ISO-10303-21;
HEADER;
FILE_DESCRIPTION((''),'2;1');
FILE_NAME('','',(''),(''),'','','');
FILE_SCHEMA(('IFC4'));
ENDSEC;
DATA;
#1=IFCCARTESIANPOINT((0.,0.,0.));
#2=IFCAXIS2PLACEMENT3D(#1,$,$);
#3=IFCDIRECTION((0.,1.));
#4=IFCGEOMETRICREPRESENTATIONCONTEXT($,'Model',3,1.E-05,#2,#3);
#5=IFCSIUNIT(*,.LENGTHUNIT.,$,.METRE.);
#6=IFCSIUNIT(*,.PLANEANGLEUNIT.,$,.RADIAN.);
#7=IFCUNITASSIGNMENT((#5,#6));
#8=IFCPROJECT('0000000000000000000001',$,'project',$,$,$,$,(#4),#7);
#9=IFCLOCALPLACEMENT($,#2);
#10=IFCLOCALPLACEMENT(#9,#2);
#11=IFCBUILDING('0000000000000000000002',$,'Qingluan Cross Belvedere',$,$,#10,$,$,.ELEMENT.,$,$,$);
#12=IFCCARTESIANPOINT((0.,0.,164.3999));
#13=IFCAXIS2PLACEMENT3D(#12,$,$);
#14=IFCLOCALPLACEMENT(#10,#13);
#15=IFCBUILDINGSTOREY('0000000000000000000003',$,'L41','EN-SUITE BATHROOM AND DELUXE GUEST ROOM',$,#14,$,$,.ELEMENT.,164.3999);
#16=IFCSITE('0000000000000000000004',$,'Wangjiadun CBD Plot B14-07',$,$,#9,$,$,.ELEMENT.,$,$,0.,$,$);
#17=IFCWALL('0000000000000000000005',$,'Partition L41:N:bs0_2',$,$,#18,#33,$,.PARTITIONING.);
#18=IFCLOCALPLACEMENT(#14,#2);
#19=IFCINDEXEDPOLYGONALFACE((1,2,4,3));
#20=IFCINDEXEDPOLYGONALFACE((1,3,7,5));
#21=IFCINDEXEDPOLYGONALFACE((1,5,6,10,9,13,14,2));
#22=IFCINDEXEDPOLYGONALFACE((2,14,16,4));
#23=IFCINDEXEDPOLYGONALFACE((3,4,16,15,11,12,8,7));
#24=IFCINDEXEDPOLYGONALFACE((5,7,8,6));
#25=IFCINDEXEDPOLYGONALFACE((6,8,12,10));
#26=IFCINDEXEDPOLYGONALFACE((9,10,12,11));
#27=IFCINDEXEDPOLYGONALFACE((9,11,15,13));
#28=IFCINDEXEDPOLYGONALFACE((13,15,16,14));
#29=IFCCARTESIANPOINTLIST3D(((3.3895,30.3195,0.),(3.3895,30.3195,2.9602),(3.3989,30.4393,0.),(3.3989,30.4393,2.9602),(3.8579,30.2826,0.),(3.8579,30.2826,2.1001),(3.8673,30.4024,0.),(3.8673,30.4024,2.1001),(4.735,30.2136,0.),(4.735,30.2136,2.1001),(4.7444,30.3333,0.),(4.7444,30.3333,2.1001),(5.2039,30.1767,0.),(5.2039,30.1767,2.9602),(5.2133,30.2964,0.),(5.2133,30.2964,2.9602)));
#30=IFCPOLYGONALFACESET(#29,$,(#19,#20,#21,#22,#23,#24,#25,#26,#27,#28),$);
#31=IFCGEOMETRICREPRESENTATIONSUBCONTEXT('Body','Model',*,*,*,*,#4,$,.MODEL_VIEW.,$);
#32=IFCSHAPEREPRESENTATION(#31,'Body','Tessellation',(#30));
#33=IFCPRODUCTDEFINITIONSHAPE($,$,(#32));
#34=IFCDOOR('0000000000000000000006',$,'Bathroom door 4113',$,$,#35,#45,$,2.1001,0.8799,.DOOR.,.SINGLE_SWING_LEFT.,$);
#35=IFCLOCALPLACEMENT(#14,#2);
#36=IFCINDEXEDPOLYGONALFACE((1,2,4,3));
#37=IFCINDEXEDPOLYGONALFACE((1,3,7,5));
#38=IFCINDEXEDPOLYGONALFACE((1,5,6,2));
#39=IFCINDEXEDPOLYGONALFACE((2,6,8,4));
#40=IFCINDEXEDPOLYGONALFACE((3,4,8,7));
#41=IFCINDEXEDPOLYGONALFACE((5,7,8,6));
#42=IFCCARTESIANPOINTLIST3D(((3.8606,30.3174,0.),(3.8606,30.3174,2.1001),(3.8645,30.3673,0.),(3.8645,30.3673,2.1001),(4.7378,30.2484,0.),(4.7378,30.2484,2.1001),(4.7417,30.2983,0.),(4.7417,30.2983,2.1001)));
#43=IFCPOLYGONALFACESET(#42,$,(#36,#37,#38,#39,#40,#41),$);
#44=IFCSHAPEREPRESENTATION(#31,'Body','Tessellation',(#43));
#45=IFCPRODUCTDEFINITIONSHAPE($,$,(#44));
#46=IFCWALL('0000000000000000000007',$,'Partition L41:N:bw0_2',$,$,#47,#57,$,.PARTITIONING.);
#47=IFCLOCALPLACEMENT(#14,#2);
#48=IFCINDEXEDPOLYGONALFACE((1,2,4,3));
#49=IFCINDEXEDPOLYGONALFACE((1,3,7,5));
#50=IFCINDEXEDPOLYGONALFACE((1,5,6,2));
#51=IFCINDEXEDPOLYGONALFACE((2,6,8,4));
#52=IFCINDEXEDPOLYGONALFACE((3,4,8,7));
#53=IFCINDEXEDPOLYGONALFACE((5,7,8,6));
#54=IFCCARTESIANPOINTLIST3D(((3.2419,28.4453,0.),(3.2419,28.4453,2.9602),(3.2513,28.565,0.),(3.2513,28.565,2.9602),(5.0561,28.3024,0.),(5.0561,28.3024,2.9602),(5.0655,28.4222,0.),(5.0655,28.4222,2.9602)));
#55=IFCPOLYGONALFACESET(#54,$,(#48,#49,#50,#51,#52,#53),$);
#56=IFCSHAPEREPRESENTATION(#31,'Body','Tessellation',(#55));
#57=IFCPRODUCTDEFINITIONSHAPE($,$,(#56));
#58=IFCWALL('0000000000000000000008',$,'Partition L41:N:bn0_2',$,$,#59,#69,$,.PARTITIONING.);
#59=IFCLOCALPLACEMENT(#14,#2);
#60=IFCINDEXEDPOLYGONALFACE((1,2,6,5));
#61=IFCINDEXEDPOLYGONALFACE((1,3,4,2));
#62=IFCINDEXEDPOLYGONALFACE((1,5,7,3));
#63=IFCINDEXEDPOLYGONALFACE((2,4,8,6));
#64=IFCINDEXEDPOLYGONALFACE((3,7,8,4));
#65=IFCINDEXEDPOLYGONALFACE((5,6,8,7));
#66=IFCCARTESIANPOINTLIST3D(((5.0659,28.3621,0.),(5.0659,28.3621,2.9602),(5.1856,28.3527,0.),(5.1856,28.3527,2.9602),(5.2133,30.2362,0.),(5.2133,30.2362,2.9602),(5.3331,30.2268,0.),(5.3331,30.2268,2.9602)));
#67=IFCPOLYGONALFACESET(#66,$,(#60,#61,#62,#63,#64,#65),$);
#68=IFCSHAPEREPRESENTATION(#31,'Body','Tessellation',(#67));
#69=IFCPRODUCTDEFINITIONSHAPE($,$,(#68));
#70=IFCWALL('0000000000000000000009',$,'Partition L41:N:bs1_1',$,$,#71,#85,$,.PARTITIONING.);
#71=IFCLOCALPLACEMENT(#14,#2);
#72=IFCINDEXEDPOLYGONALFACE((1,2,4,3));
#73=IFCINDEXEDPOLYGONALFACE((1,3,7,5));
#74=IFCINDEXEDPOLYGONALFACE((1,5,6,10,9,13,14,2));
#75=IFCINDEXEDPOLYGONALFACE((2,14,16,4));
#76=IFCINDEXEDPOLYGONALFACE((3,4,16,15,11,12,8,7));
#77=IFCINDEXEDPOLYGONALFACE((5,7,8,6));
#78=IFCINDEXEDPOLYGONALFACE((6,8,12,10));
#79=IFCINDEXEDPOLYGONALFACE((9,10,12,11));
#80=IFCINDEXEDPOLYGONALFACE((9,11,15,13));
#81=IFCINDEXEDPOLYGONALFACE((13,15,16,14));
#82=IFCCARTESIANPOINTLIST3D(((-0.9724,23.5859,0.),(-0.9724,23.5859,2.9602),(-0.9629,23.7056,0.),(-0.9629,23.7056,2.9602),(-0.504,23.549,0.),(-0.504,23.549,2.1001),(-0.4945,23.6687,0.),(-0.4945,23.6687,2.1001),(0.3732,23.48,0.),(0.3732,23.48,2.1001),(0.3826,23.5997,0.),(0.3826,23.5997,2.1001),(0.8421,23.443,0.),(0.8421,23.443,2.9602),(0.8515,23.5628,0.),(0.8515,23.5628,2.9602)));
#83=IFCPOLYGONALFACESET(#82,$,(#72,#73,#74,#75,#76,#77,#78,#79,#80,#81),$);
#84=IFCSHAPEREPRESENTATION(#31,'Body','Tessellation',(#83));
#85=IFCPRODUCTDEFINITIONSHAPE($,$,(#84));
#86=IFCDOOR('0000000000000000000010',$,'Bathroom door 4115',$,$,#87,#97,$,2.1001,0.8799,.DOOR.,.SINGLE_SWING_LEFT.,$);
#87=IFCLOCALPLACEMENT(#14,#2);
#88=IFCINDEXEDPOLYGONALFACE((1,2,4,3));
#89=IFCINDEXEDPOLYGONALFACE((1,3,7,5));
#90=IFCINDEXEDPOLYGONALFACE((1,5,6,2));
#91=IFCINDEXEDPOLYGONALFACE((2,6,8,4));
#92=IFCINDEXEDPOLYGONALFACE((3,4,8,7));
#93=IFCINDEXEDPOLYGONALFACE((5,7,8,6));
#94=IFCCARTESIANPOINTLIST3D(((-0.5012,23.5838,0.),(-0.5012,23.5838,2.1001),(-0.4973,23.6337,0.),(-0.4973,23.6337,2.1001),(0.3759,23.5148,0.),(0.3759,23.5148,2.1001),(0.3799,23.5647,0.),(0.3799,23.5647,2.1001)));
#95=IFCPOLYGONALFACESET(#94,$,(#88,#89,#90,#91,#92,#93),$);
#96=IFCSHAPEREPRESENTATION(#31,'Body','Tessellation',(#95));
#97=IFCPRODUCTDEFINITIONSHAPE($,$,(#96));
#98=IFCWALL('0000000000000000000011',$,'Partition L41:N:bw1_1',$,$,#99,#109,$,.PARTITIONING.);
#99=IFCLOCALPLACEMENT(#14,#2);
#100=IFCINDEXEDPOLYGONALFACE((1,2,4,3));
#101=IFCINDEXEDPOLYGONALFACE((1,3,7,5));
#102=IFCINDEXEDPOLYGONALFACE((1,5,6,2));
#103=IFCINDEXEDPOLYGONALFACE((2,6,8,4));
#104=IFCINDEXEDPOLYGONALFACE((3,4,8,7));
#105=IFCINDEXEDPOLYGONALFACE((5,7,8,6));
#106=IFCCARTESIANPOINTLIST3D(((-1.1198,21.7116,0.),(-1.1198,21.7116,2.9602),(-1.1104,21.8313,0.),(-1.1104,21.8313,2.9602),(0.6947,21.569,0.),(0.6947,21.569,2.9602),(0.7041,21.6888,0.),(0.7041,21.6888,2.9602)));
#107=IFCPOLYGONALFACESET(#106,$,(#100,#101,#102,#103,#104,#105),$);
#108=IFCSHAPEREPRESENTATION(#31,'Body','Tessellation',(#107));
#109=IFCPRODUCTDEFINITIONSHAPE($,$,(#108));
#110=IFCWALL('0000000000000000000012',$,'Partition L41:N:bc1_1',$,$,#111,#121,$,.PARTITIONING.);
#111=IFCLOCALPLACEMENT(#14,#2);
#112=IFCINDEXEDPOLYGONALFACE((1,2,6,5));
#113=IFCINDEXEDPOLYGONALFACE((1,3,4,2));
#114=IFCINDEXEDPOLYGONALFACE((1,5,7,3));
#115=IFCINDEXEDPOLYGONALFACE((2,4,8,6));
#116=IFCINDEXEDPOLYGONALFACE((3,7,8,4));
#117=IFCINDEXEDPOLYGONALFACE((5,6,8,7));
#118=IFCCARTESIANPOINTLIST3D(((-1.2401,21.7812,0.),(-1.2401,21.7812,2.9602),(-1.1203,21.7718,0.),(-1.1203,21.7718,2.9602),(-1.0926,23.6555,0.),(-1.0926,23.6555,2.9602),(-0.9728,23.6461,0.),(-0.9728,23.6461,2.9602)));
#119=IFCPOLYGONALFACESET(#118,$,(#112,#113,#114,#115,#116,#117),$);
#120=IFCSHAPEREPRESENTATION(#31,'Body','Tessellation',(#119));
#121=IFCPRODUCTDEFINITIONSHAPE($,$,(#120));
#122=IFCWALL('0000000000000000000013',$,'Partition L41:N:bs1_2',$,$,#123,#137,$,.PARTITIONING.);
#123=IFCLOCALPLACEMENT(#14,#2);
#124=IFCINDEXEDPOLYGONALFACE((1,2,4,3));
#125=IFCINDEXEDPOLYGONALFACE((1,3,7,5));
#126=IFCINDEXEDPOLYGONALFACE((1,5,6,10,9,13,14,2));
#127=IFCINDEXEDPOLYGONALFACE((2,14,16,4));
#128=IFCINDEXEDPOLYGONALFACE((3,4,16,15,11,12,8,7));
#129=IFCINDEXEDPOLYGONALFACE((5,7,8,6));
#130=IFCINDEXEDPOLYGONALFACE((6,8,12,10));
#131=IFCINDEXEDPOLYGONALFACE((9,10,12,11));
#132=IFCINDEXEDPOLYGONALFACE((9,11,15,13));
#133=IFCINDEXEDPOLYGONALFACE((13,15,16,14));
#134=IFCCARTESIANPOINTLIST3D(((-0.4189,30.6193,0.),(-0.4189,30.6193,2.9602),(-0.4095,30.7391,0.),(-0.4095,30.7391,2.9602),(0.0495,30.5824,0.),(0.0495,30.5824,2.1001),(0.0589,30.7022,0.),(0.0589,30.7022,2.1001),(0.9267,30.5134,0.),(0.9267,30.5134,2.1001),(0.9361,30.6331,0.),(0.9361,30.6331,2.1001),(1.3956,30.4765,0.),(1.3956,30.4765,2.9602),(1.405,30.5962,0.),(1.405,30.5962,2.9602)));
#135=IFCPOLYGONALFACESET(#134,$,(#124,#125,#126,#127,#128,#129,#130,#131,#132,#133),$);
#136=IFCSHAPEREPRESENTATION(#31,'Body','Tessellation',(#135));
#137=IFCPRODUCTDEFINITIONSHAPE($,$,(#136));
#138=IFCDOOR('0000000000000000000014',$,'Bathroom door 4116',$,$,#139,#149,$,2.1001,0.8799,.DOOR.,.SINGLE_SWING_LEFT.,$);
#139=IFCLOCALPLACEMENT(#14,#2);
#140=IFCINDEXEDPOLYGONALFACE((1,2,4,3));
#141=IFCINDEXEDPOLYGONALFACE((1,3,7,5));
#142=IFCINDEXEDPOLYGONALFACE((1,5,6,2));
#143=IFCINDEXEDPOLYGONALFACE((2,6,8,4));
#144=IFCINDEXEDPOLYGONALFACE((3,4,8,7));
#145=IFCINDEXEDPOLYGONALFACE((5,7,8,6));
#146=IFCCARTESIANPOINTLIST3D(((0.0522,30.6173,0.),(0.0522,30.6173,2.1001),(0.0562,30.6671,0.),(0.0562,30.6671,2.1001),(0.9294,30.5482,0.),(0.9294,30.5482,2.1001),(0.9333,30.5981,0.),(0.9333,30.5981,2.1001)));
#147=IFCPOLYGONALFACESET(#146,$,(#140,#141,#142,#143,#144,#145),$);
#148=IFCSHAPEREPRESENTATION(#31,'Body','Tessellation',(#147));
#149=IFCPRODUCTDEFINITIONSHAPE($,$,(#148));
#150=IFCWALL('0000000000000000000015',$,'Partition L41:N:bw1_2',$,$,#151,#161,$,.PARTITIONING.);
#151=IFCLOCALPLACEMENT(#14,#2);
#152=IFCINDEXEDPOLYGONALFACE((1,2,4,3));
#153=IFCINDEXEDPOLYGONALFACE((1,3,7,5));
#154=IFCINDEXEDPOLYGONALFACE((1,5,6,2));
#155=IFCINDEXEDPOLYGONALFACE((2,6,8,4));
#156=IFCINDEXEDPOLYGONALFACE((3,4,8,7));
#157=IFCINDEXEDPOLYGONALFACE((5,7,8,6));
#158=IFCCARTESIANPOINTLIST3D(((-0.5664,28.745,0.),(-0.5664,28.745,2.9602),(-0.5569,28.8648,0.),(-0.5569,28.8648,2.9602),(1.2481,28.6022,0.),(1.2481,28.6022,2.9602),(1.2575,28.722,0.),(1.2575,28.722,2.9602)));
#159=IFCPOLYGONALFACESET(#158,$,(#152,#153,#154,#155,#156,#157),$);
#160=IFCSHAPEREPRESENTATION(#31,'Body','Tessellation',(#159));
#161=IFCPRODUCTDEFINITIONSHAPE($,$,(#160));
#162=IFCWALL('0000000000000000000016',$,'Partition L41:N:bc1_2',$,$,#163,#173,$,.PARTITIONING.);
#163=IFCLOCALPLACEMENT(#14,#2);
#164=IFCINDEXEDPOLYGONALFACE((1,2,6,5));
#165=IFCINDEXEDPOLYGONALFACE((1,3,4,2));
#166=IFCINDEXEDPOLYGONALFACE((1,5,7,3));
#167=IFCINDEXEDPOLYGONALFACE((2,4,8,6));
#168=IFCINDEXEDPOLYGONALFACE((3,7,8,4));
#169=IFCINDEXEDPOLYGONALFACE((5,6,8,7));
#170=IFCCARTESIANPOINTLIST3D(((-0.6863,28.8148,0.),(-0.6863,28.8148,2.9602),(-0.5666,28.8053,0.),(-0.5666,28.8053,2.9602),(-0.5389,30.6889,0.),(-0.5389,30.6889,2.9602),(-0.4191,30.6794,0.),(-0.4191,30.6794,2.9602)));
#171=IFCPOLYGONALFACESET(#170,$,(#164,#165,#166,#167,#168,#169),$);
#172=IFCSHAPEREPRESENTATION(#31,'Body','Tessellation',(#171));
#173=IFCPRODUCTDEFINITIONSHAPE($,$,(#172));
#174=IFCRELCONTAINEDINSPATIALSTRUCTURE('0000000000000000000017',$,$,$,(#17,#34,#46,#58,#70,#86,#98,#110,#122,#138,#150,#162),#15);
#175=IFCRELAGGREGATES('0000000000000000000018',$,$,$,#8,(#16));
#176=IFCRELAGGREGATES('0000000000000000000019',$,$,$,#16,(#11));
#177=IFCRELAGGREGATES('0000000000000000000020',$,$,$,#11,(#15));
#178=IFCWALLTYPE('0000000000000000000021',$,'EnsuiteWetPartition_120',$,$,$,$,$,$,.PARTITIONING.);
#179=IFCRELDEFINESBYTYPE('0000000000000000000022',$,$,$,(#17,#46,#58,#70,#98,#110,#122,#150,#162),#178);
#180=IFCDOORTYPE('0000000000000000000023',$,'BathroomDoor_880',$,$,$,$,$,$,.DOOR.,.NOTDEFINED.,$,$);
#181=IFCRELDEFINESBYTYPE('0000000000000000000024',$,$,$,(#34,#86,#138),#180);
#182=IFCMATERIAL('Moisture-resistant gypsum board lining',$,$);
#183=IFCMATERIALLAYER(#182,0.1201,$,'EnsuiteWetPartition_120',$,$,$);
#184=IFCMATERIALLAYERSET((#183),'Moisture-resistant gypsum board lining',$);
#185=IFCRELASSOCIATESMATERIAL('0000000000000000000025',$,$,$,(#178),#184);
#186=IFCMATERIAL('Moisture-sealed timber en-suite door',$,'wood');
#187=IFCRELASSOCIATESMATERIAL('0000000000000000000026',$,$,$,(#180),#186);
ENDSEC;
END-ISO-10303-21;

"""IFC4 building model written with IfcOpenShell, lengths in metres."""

from ifc_helpers import new_model, si_unit, direction, frame, frame_2d, origin, place, context, subcontext, project, spatial, rectangle, extrude, material, layer, layer_set, type_object, element, fill, save


model = new_model("IFC4")

# Units and contexts
model_context = context("Model", 3, precision=1e-05, world=origin(), true_north=direction((0.0, 1.0)))
body_context = subcontext(model_context, "Body", "Model", "MODEL_VIEW")
ifc_project = project(units=[si_unit("LENGTHUNIT", "METRE"), si_unit("PLANEANGLEUNIT", "RADIAN")], contexts=[model_context])

# Site, building, storey
site_placement = place(None, origin())
site = spatial("IfcSite", under=ifc_project, at=site_placement, Name="Wangjiadun CBD Plot B14-07", CompositionType="ELEMENT", RefElevation=0.0)
building_placement = place(site_placement, origin())
building = spatial("IfcBuilding", under=site, at=building_placement, Name="Qingluan Cross Belvedere", CompositionType="ELEMENT")
storey_placement = place(building_placement, frame((0.0, 0.0, 164.3999)))
storey = spatial("IfcBuildingStorey", under=building, at=storey_placement, Name="L41", Description="EN-SUITE BATHROOM AND DELUXE GUEST ROOM", CompositionType="ELEMENT", Elevation=164.3999)

# Shared definitions
ifc_material_1 = material(Name="Moisture-resistant gypsum board lining")
ifc_layer_1 = layer(ifc_material_1, 0.1201, Name="EnsuiteWetPartition_120")
ifc_layer_set_1 = layer_set([ifc_layer_1], Name="Moisture-resistant gypsum board lining")
wall_type_1 = type_object("IfcWallType", Name="EnsuiteWetPartition_120", PredefinedType="PARTITIONING", material=ifc_layer_set_1)
ifc_material_2 = material(Name="Moisture-sealed timber en-suite door", Category="wood")
door_type = type_object("IfcDoorType", Name="BathroomDoor_880", OperationType="NOTDEFINED", PredefinedType="DOOR", material=ifc_material_2)

# Wall, opening, door
wall_1_placement = place(storey_placement, frame((3.394, 30.3794, 0.0), z_axis=(0.0, 0.0, 1.0), x_axis=(0.996916, -0.078471, 0.0)))
wall_1 = element("IfcWall", 1, at=wall_1_placement, inside=storey, type_object=wall_type_1, Name="Partition L41:N:bs0_2", PredefinedType="PARTITIONING", context=body_context, shape_type="SweptSolid", body=[
    extrude(rectangle(XDim=1.8201, YDim=0.1201, at=frame_2d((0.9102, 0.0))), origin(), (0.0, 0.0, 1.0), 2.9602),
])
opening_1_placement = place(wall_1_placement, frame((0.47, 0.0, 0.0)))
opening_1 = element("IfcOpeningElement", 2, at=opening_1_placement, cuts=wall_1, PredefinedType="OPENING", context=body_context, shape_type="SweptSolid", body=[
    extrude(rectangle(XDim=0.8799, YDim=2.1001, at=frame_2d((0.4399, 1.05))), frame((0.0, 0.0701, 0.0), z_axis=(0.0, -1.0, 0.0), x_axis=(1.0, 0.0, 0.0)), (0.0, 0.0, 1.0), 0.1401),
])
door_1_placement = place(opening_1_placement, origin())
door_1 = element("IfcDoor", 3, at=door_1_placement, inside=storey, type_object=door_type, Name="Bathroom door 4113", OperationType="SINGLE_SWING_LEFT", OverallHeight=2.1001, OverallWidth=0.8799, PredefinedType="DOOR", context=body_context, shape_type="SweptSolid", body=[
    extrude(rectangle(XDim=0.8799, YDim=2.1001, at=frame_2d((0.4399, 1.05))), frame((0.0, 0.0249, 0.0), z_axis=(0.0, -1.0, 0.0), x_axis=(1.0, 0.0, 0.0)), (0.0, 0.0, 1.0), 0.05),
])
fill(opening_1, door_1)

# Walls
wall_2_placement = place(storey_placement, frame((3.2466, 28.5051, 0.0), z_axis=(0.0, 0.0, 1.0), x_axis=(0.996916, -0.078481, 0.0)))
element("IfcWall", 4, at=wall_2_placement, inside=storey, type_object=wall_type_1, Name="Partition L41:N:bw0_2", PredefinedType="PARTITIONING", context=body_context, shape_type="SweptSolid", body=[
    extrude(rectangle(XDim=1.8198, YDim=0.1201, at=frame_2d((0.9099, 0.0))), origin(), (0.0, 0.0, 1.0), 2.9602),
])
wall_3_placement = place(storey_placement, frame((5.1257, 28.3574, 0.0), z_axis=(0.0, 0.0, 1.0), x_axis=(0.078444, 0.996918, 0.0)))
element("IfcWall", 5, at=wall_3_placement, inside=storey, type_object=wall_type_1, Name="Partition L41:N:bn0_2", PredefinedType="PARTITIONING", context=body_context, shape_type="SweptSolid", body=[
    extrude(rectangle(XDim=1.8799, YDim=0.1201, at=frame_2d((0.9399, 0.0))), origin(), (0.0, 0.0, 1.0), 2.9602),
])

# Wall, opening, door
wall_4_placement = place(storey_placement, frame((-0.9678, 23.6458, 0.0), z_axis=(0.0, 0.0, 1.0), x_axis=(0.996916, -0.078471, 0.0)))
wall_4 = element("IfcWall", 6, at=wall_4_placement, inside=storey, type_object=wall_type_1, Name="Partition L41:N:bs1_1", PredefinedType="PARTITIONING", context=body_context, shape_type="SweptSolid", body=[
    extrude(rectangle(XDim=1.8201, YDim=0.1201, at=frame_2d((0.9102, 0.0))), origin(), (0.0, 0.0, 1.0), 2.9602),
])
opening_2_placement = place(wall_4_placement, frame((0.47, 0.0, 0.0)))
opening_2 = element("IfcOpeningElement", 7, at=opening_2_placement, cuts=wall_4, PredefinedType="OPENING", context=body_context, shape_type="SweptSolid", body=[
    extrude(rectangle(XDim=0.8799, YDim=2.1001, at=frame_2d((0.4399, 1.05))), frame((0.0, 0.0701, 0.0), z_axis=(0.0, -1.0, 0.0), x_axis=(1.0, 0.0, 0.0)), (0.0, 0.0, 1.0), 0.1401),
])
door_2_placement = place(opening_2_placement, origin())
door_2 = element("IfcDoor", 8, at=door_2_placement, inside=storey, type_object=door_type, Name="Bathroom door 4115", OperationType="SINGLE_SWING_LEFT", OverallHeight=2.1001, OverallWidth=0.8799, PredefinedType="DOOR", context=body_context, shape_type="SweptSolid", body=[
    extrude(rectangle(XDim=0.8799, YDim=2.1001, at=frame_2d((0.4399, 1.05))), frame((0.0, 0.0249, 0.0), z_axis=(0.0, -1.0, 0.0), x_axis=(1.0, 0.0, 0.0)), (0.0, 0.0, 1.0), 0.05),
])
fill(opening_2, door_2)

# Walls
wall_5_placement = place(storey_placement, frame((-1.1152, 21.7715, 0.0), z_axis=(0.0, 0.0, 1.0), x_axis=(0.996927, -0.078338, 0.0)))
element("IfcWall", 9, at=wall_5_placement, inside=storey, type_object=wall_type_1, Name="Partition L41:N:bw1_1", PredefinedType="PARTITIONING", context=body_context, shape_type="SweptSolid", body=[
    extrude(rectangle(XDim=1.8201, YDim=0.1201, at=frame_2d((0.9102, 0.0))), origin(), (0.0, 0.0, 1.0), 2.9602),
])
wall_6_placement = place(storey_placement, frame((-1.1802, 21.7766, 0.0), z_axis=(0.0, 0.0, 1.0), x_axis=(0.078434, 0.996919, 0.0)))
element("IfcWall", 10, at=wall_6_placement, inside=storey, type_object=wall_type_1, Name="Partition L41:N:bc1_1", PredefinedType="PARTITIONING", context=body_context, shape_type="SweptSolid", body=[
    extrude(rectangle(XDim=1.8801, YDim=0.1201, at=frame_2d((0.9399, 0.0))), origin(), (0.0, 0.0, 1.0), 2.9602),
])

# Wall, opening, door
wall_7_placement = place(storey_placement, frame((-0.4143, 30.6792, 0.0), z_axis=(0.0, 0.0, 1.0), x_axis=(0.996916, -0.078471, 0.0)))
wall_7 = element("IfcWall", 11, at=wall_7_placement, inside=storey, type_object=wall_type_1, Name="Partition L41:N:bs1_2", PredefinedType="PARTITIONING", context=body_context, shape_type="SweptSolid", body=[
    extrude(rectangle(XDim=1.8201, YDim=0.1201, at=frame_2d((0.9102, 0.0))), origin(), (0.0, 0.0, 1.0), 2.9602),
])
opening_3_placement = place(wall_7_placement, frame((0.47, 0.0, 0.0)))
opening_3 = element("IfcOpeningElement", 12, at=opening_3_placement, cuts=wall_7, PredefinedType="OPENING", context=body_context, shape_type="SweptSolid", body=[
    extrude(rectangle(XDim=0.8799, YDim=2.1001, at=frame_2d((0.4399, 1.05))), frame((0.0, 0.0701, 0.0), z_axis=(0.0, -1.0, 0.0), x_axis=(1.0, 0.0, 0.0)), (0.0, 0.0, 1.0), 0.1401),
])
door_3_placement = place(opening_3_placement, origin())
door_3 = element("IfcDoor", 13, at=door_3_placement, inside=storey, type_object=door_type, Name="Bathroom door 4116", OperationType="SINGLE_SWING_LEFT", OverallHeight=2.1001, OverallWidth=0.8799, PredefinedType="DOOR", context=body_context, shape_type="SweptSolid", body=[
    extrude(rectangle(XDim=0.8799, YDim=2.1001, at=frame_2d((0.4399, 1.05))), frame((0.0, 0.0249, 0.0), z_axis=(0.0, -1.0, 0.0), x_axis=(1.0, 0.0, 0.0)), (0.0, 0.0, 1.0), 0.05),
])
fill(opening_3, door_3)

# Walls
wall_8_placement = place(storey_placement, frame((-0.5618, 28.8049, 0.0), z_axis=(0.0, 0.0, 1.0), x_axis=(0.996916, -0.078471, 0.0)))
element("IfcWall", 14, at=wall_8_placement, inside=storey, type_object=wall_type_1, Name="Partition L41:N:bw1_2", PredefinedType="PARTITIONING", context=body_context, shape_type="SweptSolid", body=[
    extrude(rectangle(XDim=1.8201, YDim=0.1201, at=frame_2d((0.9102, 0.0))), origin(), (0.0, 0.0, 1.0), 2.9602),
])
wall_9_placement = place(storey_placement, frame((-0.6265, 28.8101, 0.0), z_axis=(0.0, 0.0, 1.0), x_axis=(0.078444, 0.996918, 0.0)))
element("IfcWall", 15, at=wall_9_placement, inside=storey, type_object=wall_type_1, Name="Partition L41:N:bc1_2", PredefinedType="PARTITIONING", context=body_context, shape_type="SweptSolid", body=[
    extrude(rectangle(XDim=1.8799, YDim=0.1201, at=frame_2d((0.9399, 0.0))), origin(), (0.0, 0.0, 1.0), 2.9602),
])

save(model, "model.ifc")
